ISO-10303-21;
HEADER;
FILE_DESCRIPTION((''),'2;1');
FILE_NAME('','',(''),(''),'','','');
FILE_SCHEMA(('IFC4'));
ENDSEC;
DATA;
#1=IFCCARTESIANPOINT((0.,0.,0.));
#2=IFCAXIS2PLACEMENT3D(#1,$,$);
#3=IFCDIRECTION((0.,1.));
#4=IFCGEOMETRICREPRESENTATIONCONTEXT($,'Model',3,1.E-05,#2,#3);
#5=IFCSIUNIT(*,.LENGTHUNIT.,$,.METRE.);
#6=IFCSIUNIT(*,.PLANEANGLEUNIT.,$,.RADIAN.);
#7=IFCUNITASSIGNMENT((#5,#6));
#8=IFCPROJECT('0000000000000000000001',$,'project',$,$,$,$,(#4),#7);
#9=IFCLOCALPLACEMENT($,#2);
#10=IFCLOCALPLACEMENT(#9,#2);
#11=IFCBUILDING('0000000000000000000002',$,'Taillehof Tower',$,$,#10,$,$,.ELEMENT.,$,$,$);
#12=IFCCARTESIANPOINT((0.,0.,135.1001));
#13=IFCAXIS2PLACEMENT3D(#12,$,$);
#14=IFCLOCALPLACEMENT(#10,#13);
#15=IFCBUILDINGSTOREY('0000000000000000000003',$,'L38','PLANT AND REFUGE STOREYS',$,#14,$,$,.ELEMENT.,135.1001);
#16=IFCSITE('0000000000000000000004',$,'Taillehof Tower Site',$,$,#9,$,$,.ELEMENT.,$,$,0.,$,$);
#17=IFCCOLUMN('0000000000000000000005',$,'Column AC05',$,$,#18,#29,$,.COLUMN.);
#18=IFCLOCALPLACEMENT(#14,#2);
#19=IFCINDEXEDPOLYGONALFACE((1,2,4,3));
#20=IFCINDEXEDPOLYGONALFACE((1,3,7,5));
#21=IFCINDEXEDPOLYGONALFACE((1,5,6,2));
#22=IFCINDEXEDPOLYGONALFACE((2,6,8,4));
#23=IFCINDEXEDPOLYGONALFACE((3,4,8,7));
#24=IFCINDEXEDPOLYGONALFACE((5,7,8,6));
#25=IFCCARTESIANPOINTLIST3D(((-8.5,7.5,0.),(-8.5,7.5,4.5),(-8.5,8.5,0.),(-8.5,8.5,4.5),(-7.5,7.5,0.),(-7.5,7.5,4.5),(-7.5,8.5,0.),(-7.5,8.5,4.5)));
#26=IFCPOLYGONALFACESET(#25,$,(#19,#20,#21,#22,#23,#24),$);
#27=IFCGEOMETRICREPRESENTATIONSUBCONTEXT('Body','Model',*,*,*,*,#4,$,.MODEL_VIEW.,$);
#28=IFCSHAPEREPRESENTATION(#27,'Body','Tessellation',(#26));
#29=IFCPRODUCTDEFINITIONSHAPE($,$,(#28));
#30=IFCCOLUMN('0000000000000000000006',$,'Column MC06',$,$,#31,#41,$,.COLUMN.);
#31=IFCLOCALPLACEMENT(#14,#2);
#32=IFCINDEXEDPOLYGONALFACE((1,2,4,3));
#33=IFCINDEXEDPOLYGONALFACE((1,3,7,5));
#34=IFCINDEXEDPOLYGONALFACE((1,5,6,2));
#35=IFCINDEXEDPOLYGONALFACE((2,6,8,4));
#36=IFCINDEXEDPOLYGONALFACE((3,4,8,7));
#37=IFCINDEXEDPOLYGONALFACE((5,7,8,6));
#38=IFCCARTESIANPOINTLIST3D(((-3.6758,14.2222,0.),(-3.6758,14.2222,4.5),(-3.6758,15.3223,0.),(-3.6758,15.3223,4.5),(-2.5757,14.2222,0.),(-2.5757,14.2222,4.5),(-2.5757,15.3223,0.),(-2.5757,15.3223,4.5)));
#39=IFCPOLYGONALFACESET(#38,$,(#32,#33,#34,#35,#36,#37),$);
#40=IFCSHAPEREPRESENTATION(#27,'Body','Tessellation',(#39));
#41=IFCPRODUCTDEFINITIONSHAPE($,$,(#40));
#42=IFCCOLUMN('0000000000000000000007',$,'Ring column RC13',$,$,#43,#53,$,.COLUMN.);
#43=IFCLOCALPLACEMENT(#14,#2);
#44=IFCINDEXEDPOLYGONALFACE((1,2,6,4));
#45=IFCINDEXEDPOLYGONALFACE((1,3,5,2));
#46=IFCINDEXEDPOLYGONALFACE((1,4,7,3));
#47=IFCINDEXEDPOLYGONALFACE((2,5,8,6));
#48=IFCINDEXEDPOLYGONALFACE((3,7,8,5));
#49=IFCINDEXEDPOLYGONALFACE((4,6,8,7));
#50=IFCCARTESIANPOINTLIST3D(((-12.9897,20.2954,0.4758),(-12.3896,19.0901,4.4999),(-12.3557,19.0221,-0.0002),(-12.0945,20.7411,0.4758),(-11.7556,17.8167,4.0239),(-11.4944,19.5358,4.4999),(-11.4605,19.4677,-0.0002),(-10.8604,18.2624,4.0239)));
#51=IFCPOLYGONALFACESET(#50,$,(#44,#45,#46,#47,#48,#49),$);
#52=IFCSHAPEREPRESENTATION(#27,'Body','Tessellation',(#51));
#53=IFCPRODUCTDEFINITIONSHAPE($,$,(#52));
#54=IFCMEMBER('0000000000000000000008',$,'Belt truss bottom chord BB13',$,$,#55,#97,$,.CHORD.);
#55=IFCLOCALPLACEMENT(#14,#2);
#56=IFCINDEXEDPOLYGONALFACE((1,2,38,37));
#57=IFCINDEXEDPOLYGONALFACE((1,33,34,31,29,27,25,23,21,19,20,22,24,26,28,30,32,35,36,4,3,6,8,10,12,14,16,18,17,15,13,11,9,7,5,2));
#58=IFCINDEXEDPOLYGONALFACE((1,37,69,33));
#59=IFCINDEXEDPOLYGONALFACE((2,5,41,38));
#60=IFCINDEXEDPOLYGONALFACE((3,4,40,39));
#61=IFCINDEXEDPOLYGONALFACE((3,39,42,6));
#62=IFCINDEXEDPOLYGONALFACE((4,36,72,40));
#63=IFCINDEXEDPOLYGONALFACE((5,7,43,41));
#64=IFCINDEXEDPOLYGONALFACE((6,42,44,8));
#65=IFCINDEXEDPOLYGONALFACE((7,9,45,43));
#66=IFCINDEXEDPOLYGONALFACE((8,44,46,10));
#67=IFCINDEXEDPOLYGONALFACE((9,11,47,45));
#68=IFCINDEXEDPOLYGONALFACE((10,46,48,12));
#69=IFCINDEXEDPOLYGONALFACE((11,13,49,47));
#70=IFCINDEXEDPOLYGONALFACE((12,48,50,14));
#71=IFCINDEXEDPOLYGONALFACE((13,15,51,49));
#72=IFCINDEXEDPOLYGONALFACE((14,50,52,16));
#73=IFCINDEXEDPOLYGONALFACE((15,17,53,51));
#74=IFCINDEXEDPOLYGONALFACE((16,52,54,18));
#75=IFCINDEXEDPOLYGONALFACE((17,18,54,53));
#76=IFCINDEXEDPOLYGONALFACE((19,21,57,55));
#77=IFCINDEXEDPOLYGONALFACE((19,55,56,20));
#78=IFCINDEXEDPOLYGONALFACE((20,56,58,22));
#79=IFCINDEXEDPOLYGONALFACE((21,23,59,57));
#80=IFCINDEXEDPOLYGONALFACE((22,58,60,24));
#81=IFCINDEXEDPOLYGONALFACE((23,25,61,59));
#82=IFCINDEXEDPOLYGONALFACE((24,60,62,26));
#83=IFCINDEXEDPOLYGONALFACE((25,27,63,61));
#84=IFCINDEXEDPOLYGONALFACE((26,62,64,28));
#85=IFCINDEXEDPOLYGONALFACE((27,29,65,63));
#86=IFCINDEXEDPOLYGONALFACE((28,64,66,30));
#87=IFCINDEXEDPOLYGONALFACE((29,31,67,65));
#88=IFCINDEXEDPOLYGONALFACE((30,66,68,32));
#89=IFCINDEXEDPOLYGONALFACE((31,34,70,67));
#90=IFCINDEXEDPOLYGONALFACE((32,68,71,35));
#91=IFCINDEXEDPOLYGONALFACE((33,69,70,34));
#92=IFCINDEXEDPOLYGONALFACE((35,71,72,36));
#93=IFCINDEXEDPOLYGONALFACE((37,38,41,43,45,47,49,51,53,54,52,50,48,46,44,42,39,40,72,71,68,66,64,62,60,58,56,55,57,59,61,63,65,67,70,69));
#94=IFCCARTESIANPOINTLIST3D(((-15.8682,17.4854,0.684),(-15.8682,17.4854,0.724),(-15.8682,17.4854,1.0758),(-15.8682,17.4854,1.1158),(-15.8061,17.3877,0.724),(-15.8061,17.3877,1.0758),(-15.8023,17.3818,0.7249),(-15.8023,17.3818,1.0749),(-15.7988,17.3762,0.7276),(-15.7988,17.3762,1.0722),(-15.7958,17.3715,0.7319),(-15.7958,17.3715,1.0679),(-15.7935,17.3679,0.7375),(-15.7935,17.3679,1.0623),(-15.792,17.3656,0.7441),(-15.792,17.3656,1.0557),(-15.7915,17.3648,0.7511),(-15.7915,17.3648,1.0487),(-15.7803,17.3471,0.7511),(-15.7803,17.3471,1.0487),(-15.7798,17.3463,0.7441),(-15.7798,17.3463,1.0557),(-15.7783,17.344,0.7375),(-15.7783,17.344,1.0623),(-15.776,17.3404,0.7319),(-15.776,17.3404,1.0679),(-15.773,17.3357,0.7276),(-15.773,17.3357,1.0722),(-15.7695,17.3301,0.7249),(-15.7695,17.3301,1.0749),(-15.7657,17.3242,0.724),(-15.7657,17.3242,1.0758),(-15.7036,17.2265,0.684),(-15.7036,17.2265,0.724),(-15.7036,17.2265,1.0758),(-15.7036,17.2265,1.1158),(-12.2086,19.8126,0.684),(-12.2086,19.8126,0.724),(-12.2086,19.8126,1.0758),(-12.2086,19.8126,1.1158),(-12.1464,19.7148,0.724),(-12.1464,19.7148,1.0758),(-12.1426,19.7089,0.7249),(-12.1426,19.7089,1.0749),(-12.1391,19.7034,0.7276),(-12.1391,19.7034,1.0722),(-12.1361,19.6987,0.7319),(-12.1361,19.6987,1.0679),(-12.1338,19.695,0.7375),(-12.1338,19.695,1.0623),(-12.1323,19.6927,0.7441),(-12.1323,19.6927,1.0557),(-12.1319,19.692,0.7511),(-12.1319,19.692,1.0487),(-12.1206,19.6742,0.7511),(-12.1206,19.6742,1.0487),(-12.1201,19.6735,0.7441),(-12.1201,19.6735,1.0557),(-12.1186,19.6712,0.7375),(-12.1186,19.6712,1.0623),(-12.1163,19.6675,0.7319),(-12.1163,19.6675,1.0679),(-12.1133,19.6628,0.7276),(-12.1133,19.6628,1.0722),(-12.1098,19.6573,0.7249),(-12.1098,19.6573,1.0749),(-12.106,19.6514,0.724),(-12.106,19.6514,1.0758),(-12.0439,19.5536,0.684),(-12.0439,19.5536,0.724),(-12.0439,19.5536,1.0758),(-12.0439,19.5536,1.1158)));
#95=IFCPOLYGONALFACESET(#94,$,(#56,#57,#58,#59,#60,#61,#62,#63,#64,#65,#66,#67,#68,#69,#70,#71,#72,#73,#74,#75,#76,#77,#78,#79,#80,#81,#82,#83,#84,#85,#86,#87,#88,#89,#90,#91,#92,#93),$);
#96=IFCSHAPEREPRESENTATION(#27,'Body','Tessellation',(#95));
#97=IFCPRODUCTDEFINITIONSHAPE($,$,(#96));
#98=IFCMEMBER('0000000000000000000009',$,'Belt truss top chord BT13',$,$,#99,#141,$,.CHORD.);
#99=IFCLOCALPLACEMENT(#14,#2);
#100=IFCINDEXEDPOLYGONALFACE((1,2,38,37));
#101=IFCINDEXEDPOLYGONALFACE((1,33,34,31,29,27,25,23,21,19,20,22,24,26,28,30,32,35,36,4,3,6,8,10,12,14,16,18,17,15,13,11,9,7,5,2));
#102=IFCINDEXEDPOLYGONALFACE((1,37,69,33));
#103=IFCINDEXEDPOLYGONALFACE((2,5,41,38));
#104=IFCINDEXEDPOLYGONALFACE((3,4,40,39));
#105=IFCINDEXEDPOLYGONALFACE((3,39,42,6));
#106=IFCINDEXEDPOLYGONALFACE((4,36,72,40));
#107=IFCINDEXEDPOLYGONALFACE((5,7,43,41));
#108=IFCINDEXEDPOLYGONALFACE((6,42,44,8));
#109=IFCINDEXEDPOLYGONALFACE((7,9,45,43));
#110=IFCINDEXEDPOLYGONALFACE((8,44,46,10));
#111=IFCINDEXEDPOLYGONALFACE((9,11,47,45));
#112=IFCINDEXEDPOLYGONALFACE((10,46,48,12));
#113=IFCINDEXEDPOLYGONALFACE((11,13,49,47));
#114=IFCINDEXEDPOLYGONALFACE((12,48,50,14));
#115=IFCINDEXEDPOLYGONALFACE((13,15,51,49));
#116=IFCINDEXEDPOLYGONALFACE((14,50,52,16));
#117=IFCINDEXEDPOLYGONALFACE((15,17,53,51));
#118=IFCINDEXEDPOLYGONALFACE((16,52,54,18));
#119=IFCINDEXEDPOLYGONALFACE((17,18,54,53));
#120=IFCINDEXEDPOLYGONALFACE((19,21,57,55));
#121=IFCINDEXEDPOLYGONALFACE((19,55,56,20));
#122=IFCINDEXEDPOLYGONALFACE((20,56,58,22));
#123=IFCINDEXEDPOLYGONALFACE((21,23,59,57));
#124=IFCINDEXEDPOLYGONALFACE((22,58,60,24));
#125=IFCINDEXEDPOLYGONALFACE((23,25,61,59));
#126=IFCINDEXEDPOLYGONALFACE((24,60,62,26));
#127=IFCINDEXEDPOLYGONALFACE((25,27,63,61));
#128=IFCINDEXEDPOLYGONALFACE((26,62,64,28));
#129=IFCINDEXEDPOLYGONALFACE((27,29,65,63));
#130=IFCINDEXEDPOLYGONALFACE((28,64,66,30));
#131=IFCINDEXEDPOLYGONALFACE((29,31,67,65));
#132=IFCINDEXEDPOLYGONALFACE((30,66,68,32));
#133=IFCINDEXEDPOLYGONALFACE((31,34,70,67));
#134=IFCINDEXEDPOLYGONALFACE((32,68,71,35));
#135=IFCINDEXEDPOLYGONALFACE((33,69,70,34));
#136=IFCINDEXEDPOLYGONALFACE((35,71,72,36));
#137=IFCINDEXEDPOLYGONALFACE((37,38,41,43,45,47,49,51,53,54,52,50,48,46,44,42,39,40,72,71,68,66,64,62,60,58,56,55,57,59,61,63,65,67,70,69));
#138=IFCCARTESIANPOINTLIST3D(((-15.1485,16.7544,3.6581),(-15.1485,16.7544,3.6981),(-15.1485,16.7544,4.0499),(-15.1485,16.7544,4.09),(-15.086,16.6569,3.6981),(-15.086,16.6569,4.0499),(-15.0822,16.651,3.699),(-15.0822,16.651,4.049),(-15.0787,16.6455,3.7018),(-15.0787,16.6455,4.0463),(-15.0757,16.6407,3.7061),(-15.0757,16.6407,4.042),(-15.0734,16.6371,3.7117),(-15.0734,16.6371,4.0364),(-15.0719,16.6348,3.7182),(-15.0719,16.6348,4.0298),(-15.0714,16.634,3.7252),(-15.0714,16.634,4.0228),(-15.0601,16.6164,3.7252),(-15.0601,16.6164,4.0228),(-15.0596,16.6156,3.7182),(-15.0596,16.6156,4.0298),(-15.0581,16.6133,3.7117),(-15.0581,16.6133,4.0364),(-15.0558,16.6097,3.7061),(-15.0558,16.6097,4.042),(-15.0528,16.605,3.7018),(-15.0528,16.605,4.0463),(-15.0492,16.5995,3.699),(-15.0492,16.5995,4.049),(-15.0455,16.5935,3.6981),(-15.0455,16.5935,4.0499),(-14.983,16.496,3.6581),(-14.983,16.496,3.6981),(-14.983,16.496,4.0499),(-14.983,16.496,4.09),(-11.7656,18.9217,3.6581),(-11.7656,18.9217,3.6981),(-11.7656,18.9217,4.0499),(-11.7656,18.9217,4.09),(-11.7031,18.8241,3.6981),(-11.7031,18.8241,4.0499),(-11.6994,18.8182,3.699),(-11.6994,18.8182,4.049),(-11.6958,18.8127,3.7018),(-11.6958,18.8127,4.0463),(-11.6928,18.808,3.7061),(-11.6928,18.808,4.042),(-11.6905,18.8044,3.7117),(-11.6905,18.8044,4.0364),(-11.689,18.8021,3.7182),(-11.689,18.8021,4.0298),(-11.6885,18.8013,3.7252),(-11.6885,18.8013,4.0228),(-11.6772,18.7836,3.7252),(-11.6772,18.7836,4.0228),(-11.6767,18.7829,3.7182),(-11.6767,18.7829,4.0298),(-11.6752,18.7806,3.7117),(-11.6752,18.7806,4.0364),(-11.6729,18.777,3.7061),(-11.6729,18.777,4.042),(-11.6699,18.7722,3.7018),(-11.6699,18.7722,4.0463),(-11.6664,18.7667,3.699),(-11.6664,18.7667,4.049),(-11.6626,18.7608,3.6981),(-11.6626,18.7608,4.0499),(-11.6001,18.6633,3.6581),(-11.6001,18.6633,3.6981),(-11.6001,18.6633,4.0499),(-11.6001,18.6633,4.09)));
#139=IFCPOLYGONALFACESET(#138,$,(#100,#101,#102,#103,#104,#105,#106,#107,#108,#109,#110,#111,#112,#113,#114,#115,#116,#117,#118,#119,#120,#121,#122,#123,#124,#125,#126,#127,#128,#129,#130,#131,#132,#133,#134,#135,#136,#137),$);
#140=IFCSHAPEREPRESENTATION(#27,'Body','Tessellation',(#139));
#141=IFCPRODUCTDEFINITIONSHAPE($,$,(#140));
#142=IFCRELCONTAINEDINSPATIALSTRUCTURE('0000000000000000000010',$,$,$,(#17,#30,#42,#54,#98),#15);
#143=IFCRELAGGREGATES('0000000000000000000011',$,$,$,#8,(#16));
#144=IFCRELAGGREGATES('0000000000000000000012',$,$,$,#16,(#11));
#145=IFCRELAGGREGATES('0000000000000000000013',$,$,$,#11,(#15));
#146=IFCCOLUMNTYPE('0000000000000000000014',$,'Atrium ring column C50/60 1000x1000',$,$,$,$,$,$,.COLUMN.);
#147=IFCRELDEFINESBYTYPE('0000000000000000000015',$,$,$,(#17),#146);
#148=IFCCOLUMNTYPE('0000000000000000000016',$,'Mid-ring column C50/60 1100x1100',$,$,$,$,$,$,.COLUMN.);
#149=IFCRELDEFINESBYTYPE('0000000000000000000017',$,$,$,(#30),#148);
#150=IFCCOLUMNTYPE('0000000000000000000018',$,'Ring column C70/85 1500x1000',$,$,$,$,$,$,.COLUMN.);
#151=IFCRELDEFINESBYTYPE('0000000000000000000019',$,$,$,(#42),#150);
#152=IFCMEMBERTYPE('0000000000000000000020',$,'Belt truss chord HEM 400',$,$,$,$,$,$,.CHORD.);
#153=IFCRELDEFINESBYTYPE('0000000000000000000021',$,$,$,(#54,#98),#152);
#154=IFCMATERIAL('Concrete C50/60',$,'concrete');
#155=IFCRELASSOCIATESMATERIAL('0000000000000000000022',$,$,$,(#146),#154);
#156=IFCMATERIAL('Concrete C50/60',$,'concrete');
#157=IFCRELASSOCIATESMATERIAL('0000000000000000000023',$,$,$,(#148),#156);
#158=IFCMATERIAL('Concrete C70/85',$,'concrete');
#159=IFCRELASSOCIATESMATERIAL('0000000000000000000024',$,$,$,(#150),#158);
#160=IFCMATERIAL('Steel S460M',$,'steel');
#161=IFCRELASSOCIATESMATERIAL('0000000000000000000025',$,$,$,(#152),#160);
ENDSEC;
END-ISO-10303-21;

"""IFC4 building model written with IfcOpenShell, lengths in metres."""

from ifc_helpers import new_model, si_unit, direction, frame, origin, origin_2d, place, context, subcontext, project, spatial, rectangle, i_section, extrude, material, material_profile, profile_set, type_object, element, save


model = new_model("IFC4")

# Units and contexts
model_context = context("Model", 3, precision=1e-05, world=origin(), true_north=direction((0.0, 1.0)))
body_context = subcontext(model_context, "Body", "Model", "MODEL_VIEW")
ifc_project = project(units=[si_unit("LENGTHUNIT", "METRE"), si_unit("PLANEANGLEUNIT", "RADIAN")], contexts=[model_context])

# Site, building, storey
site_placement = place(None, origin())
site = spatial("IfcSite", under=ifc_project, at=site_placement, Name="Taillehof Tower Site", CompositionType="ELEMENT", RefElevation=0.0)
building_placement = place(site_placement, origin())
building = spatial("IfcBuilding", under=site, at=building_placement, Name="Taillehof Tower", CompositionType="ELEMENT")
storey_placement = place(building_placement, frame((0.0, 0.0, 135.1001)))
storey = spatial("IfcBuildingStorey", under=building, at=storey_placement, Name="L38", Description="PLANT AND REFUGE STOREYS", CompositionType="ELEMENT", Elevation=135.1001)

# Columns
ifc_material_1 = material(Name="Concrete C50/60", Category="concrete")
ifc_material_profile_1 = material_profile(ifc_material_1, rectangle(XDim=1.0, YDim=1.0, at=origin_2d()), Name="RC 1000x1000")
ifc_profile_set_1 = profile_set([ifc_material_profile_1], Name="Concrete C50/60")
column_type_1 = type_object("IfcColumnType", Name="Atrium ring column C50/60 1000x1000", PredefinedType="COLUMN", material=ifc_profile_set_1)
column_1_placement = place(storey_placement, frame((-8.0, 8.0, 0.0), z_axis=(0.0, 0.0, 1.0), x_axis=(1.0, 0.0, 0.0)))
element("IfcColumn", 1, at=column_1_placement, inside=storey, type_object=column_type_1, Name="Column AC05", PredefinedType="COLUMN", context=body_context, shape_type="SweptSolid", body=[
    extrude(rectangle(XDim=1.0, YDim=1.0, at=origin_2d()), origin(), (0.0, 0.0, 1.0), 4.5),
])
ifc_material_2 = material(Name="Concrete C50/60", Category="concrete")
ifc_material_profile_2 = material_profile(ifc_material_2, rectangle(XDim=1.1001, YDim=1.1001, at=origin_2d()), Name="RC 1100x1100")
ifc_profile_set_2 = profile_set([ifc_material_profile_2], Name="Concrete C50/60")
column_type_2 = type_object("IfcColumnType", Name="Mid-ring column C50/60 1100x1100", PredefinedType="COLUMN", material=ifc_profile_set_2)
column_2_placement = place(storey_placement, frame((-3.1257, 14.7722, 0.0), z_axis=(0.0, 0.0, 1.0), x_axis=(1.0, 0.0, 0.0)))
element("IfcColumn", 2, at=column_2_placement, inside=storey, type_object=column_type_2, Name="Column MC06", PredefinedType="COLUMN", context=body_context, shape_type="SweptSolid", body=[
    extrude(rectangle(XDim=1.1001, YDim=1.1001, at=origin_2d()), origin(), (0.0, 0.0, 1.0), 4.5),
])
ifc_material_3 = material(Name="Concrete C70/85", Category="concrete")
ifc_material_profile_3 = material_profile(ifc_material_3, rectangle(XDim=1.5, YDim=1.0, at=origin_2d()), Name="RC 1500x1000")
ifc_profile_set_3 = profile_set([ifc_material_profile_3], Name="Concrete C70/85")
column_type_3 = type_object("IfcColumnType", Name="Ring column C70/85 1500x1000", PredefinedType="COLUMN", material=ifc_profile_set_3)
column_3_placement = place(storey_placement, frame((-12.2251, 19.8816, 0.2378), z_axis=(0.141417, -0.284043, 0.948325), x_axis=(-0.422659, 0.848929, 0.3173)))
element("IfcColumn", 3, at=column_3_placement, inside=storey, type_object=column_type_3, Name="Ring column RC13", PredefinedType="COLUMN", context=body_context, shape_type="SweptSolid", body=[
    extrude(rectangle(XDim=1.5, YDim=1.0, at=origin_2d()), origin(), (0.0, 0.0, 1.0), 4.2434),
])

# Members
ifc_material_4 = material(Name="Steel S460M", Category="steel")
ifc_material_profile_4 = material_profile(ifc_material_4, i_section(OverallWidth=0.3069, OverallDepth=0.4319, WebThickness=0.021, FlangeThickness=0.04, FilletRadius=0.0271, at=origin_2d()), Name="HEM 400")
ifc_profile_set_4 = profile_set([ifc_material_profile_4], Name="Steel S460M")
member_type_1 = type_object("IfcMemberType", Name="Belt truss chord HEM 400", PredefinedType="CHORD", material=ifc_profile_set_4)
member_1_placement = place(storey_placement, frame((-12.1262, 19.6831, 0.8999), z_axis=(-0.843842, -0.536591, 0.0), x_axis=(0.536591, -0.843842, 0.0)))
element("IfcMember", 4, at=member_1_placement, inside=storey, type_object=member_type_1, Name="Belt truss bottom chord BB13", PredefinedType="CHORD", context=body_context, shape_type="SweptSolid", body=[
    extrude(i_section(OverallWidth=0.3069, OverallDepth=0.4319, WebThickness=0.021, FlangeThickness=0.04, FilletRadius=0.0271, at=origin_2d()), origin(), (0.0, 0.0, 1.0), 4.3369),
])
member_2_placement = place(storey_placement, frame((-11.6829, 18.7925, 3.874), z_axis=(-0.842019, -0.539449, 0.0), x_axis=(0.539449, -0.842019, 0.0)))
element("IfcMember", 5, at=member_2_placement, inside=storey, type_object=member_type_1, Name="Belt truss top chord BT13", PredefinedType="CHORD", context=body_context, shape_type="SweptSolid", body=[
    extrude(i_section(OverallWidth=0.3069, OverallDepth=0.4319, WebThickness=0.021, FlangeThickness=0.04, FilletRadius=0.0271, at=origin_2d()), origin(), (0.0, 0.0, 1.0), 4.0176),
])

save(model, "model.ifc")
